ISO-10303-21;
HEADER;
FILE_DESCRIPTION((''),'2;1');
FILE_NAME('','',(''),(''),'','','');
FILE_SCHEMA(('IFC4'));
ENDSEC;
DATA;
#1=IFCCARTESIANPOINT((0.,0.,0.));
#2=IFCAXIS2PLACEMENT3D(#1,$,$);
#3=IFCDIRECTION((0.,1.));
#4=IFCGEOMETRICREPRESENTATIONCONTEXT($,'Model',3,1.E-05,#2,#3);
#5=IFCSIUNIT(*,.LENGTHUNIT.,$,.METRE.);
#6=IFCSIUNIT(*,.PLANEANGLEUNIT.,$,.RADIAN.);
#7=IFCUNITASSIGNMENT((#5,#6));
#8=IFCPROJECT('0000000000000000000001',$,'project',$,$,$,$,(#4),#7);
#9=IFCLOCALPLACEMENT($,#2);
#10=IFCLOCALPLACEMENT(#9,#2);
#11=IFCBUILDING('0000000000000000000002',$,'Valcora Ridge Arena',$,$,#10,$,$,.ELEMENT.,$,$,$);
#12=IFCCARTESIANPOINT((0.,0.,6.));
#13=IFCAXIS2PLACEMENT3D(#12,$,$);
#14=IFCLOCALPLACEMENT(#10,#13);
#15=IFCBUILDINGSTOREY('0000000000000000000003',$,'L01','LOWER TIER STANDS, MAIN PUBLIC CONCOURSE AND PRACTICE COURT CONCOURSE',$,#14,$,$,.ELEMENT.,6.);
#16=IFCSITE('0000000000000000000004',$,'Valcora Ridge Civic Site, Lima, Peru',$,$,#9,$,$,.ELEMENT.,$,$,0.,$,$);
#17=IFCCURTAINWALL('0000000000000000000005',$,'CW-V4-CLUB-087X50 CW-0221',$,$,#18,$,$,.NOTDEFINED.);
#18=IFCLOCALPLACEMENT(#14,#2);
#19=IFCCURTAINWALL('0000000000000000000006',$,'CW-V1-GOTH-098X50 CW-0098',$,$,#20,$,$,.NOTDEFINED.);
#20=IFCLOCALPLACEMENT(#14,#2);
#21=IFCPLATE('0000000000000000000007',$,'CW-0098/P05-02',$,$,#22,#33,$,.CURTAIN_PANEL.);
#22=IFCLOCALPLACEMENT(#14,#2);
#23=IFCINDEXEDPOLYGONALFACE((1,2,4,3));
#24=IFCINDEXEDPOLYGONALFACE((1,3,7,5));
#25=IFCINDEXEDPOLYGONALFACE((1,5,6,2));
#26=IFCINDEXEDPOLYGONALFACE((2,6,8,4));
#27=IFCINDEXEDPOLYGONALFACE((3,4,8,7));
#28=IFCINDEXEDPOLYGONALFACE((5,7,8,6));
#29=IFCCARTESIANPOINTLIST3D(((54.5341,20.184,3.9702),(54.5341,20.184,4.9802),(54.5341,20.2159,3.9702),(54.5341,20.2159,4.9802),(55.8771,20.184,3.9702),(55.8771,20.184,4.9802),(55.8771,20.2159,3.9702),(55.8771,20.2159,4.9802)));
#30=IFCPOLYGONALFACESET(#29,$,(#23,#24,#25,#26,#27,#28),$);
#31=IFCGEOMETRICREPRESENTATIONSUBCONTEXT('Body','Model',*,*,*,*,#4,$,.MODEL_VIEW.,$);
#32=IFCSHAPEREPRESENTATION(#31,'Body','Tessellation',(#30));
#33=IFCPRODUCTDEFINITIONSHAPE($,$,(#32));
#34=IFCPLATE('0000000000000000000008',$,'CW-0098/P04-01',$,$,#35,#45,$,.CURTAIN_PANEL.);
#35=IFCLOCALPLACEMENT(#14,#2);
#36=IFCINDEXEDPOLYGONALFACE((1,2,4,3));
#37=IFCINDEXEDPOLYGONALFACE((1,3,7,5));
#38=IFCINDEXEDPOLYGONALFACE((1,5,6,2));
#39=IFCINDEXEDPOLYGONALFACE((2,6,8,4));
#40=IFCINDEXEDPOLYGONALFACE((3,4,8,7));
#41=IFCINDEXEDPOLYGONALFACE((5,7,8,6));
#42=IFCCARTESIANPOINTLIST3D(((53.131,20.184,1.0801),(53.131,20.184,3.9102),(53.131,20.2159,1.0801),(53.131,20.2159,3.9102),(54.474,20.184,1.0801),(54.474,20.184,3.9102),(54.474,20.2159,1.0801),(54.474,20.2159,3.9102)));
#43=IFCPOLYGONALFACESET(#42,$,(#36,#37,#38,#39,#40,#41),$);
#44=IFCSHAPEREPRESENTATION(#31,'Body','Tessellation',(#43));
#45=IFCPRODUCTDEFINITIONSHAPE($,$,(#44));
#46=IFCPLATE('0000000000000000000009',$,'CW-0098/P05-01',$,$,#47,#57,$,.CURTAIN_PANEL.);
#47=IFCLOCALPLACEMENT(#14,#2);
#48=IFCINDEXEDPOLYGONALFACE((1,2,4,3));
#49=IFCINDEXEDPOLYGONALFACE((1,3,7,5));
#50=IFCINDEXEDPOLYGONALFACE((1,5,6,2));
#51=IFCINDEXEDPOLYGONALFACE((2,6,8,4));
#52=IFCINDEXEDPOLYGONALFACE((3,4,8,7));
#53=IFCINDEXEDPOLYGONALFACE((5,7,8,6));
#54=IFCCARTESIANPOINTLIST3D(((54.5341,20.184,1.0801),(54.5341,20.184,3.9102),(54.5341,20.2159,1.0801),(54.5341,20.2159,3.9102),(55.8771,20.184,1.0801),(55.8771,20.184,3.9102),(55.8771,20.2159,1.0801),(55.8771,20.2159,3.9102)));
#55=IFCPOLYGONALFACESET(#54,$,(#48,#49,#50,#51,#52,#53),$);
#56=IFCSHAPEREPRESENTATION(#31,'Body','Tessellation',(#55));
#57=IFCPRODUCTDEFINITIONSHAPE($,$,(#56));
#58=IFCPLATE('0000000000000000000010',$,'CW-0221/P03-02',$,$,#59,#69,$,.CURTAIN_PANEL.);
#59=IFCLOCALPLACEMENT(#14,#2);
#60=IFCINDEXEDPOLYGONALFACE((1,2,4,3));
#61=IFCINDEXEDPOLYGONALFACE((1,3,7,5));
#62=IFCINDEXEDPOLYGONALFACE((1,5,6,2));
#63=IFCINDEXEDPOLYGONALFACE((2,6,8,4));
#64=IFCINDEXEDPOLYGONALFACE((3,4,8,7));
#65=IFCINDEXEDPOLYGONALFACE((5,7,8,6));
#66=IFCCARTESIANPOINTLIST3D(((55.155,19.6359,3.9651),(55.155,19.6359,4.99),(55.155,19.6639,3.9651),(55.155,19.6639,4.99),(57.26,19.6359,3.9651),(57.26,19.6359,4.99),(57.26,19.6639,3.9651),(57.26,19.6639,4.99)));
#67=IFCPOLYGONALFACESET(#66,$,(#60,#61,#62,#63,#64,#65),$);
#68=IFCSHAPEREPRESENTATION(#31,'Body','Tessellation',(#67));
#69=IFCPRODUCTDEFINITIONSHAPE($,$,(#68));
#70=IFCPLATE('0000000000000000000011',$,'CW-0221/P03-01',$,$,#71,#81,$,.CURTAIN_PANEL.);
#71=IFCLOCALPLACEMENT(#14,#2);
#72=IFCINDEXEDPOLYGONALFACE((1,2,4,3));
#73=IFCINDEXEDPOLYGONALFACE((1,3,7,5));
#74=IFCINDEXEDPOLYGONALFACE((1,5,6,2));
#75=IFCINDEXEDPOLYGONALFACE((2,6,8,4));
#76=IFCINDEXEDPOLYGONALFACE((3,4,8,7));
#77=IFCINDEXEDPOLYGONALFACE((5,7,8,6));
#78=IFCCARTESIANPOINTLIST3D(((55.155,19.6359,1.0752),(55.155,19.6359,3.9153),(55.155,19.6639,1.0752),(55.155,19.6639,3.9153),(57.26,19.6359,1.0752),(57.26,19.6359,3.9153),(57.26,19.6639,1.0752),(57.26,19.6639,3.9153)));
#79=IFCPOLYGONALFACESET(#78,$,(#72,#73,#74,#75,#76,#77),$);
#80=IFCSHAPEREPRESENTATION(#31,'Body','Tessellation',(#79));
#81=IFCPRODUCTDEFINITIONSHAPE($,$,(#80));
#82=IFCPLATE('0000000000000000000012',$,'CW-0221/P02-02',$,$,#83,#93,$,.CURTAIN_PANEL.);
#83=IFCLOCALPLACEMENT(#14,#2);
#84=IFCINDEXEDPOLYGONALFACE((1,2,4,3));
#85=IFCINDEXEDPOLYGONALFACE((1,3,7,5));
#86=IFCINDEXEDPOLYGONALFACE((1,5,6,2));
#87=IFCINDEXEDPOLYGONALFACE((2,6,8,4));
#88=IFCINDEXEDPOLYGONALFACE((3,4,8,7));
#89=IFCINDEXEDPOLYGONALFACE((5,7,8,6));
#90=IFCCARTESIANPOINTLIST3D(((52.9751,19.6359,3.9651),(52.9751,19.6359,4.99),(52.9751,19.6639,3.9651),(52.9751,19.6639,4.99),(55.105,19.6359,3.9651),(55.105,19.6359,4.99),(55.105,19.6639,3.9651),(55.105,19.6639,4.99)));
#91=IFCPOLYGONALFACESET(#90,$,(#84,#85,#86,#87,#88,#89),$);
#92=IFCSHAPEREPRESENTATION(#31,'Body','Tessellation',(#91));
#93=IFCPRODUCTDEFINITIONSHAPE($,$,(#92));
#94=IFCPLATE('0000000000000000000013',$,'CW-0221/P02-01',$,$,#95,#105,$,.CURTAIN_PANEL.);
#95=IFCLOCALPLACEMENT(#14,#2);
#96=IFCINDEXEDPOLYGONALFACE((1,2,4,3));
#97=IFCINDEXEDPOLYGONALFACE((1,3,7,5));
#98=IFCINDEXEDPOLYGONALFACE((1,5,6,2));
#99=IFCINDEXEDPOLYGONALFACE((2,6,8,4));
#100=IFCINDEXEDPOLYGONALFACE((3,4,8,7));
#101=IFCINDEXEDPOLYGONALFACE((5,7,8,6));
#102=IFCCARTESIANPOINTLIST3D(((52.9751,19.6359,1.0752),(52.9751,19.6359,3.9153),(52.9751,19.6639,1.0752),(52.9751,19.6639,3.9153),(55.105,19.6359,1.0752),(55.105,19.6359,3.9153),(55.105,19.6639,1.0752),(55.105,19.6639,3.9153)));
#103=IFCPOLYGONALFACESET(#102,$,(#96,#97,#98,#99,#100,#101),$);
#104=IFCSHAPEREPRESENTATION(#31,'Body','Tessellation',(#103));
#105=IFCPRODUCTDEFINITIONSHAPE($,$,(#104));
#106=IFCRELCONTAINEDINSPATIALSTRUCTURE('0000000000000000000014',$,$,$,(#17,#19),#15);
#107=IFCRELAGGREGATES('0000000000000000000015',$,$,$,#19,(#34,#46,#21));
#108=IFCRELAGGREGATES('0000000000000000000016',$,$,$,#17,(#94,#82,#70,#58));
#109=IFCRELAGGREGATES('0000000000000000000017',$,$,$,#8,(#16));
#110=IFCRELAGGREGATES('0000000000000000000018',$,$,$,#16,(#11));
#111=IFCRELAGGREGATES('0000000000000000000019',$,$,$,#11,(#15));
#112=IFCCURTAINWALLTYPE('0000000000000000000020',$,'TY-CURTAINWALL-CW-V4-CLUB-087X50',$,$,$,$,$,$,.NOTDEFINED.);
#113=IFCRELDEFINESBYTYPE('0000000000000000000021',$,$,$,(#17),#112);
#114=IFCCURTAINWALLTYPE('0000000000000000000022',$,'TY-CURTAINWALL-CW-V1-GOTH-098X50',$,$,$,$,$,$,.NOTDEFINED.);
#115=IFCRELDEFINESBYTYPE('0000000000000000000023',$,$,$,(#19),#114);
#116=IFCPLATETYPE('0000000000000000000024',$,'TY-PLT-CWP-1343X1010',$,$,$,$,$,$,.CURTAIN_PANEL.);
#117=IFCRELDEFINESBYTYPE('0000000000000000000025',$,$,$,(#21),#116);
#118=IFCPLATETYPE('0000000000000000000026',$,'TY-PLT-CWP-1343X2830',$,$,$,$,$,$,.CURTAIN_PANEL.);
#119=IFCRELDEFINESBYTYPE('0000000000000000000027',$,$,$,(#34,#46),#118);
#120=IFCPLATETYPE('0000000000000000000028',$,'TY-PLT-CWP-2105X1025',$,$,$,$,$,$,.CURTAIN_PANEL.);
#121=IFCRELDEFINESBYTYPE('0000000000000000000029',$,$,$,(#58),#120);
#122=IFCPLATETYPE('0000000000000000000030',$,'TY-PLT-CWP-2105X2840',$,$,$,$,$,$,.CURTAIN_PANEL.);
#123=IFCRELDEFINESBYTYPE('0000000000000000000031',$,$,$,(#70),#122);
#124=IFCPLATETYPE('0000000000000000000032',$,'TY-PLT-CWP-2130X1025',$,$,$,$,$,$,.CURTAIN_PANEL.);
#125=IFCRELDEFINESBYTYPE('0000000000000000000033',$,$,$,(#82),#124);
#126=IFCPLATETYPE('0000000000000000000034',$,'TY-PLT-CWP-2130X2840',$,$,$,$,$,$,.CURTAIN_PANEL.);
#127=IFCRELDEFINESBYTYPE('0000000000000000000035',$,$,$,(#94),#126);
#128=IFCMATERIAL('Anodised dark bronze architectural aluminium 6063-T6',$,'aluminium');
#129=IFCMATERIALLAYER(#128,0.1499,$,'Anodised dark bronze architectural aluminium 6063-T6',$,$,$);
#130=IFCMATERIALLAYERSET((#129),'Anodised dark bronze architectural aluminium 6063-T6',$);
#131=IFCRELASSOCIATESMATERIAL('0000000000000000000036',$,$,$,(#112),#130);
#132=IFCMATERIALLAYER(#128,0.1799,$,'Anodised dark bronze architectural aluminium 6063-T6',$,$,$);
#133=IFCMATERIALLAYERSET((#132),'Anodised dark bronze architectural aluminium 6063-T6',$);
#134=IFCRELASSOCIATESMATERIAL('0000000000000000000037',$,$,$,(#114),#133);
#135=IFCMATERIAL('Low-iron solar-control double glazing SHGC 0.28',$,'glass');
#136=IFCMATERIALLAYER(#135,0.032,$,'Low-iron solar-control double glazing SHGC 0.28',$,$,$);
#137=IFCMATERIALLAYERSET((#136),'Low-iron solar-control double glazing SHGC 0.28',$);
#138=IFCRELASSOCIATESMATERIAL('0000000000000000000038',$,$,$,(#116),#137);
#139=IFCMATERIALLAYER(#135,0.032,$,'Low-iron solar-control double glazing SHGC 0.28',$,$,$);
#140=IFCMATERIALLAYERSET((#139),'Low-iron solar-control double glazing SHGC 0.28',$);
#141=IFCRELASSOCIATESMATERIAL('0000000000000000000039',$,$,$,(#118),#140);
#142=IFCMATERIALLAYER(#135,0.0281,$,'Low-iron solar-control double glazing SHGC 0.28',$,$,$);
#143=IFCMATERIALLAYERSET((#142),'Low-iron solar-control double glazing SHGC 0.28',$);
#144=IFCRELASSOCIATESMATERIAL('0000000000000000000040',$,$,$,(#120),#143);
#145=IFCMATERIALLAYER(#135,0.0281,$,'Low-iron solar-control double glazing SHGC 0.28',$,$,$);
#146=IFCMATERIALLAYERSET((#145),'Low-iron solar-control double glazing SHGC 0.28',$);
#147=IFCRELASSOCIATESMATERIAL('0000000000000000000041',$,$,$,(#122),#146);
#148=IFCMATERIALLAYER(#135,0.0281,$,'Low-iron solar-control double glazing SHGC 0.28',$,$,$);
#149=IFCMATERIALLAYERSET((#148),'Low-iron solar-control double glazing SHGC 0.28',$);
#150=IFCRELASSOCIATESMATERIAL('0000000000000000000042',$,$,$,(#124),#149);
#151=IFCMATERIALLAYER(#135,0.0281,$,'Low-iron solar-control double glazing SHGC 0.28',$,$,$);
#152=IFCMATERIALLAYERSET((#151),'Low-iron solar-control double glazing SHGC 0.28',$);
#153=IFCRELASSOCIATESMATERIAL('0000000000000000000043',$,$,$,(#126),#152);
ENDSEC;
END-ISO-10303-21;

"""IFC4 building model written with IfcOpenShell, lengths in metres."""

from ifc_helpers import new_model, si_unit, direction, frame, origin, origin_2d, place, context, subcontext, project, spatial, rectangle, extrude, material, layer, layer_set, type_object, element, aggregate, save


model = new_model("IFC4")

# Units and contexts
model_context = context("Model", 3, precision=1e-05, world=origin(), true_north=direction((0.0, 1.0)))
body_context = subcontext(model_context, "Body", "Model", "MODEL_VIEW")
ifc_project = project(units=[si_unit("LENGTHUNIT", "METRE"), si_unit("PLANEANGLEUNIT", "RADIAN")], contexts=[model_context])

# Site, building, storey
site_placement = place(None, origin())
site = spatial("IfcSite", under=ifc_project, at=site_placement, Name="Valcora Ridge Civic Site, Lima, Peru", CompositionType="ELEMENT", RefElevation=0.0)
building_placement = place(site_placement, origin())
building = spatial("IfcBuilding", under=site, at=building_placement, Name="Valcora Ridge Arena", CompositionType="ELEMENT")
storey_placement = place(building_placement, frame((0.0, 0.0, 6.0)))
storey = spatial("IfcBuildingStorey", under=building, at=storey_placement, Name="L01", Description="LOWER TIER STANDS, MAIN PUBLIC CONCOURSE AND PRACTICE COURT CONCOURSE", CompositionType="ELEMENT", Elevation=6.0)

# Curtain wall
ifc_material_1 = material(Name="Anodised dark bronze architectural aluminium 6063-T6", Category="aluminium")
ifc_layer_1 = layer(ifc_material_1, 0.1499, Name="Anodised dark bronze architectural aluminium 6063-T6")
ifc_layer_set_1 = layer_set([ifc_layer_1], Name="Anodised dark bronze architectural aluminium 6063-T6")
curtain_wall_type_1 = type_object("IfcCurtainWallType", Name="TY-CURTAINWALL-CW-V4-CLUB-087X50", PredefinedType="NOTDEFINED", material=ifc_layer_set_1)
curtain_wall_1_placement = place(storey_placement, origin())
curtain_wall_1 = element("IfcCurtainWall", 1, at=curtain_wall_1_placement, inside=storey, type_object=curtain_wall_type_1, Name="CW-V4-CLUB-087X50 CW-0221", PredefinedType="NOTDEFINED")

# Curtain wall, plates
ifc_layer_2 = layer(ifc_material_1, 0.1799, Name="Anodised dark bronze architectural aluminium 6063-T6")
ifc_layer_set_2 = layer_set([ifc_layer_2], Name="Anodised dark bronze architectural aluminium 6063-T6")
curtain_wall_type_2 = type_object("IfcCurtainWallType", Name="TY-CURTAINWALL-CW-V1-GOTH-098X50", PredefinedType="NOTDEFINED", material=ifc_layer_set_2)
curtain_wall_2_placement = place(storey_placement, origin())
curtain_wall_2 = element("IfcCurtainWall", 2, at=curtain_wall_2_placement, inside=storey, type_object=curtain_wall_type_2, Name="CW-V1-GOTH-098X50 CW-0098", PredefinedType="NOTDEFINED")
ifc_material_2 = material(Name="Low-iron solar-control double glazing SHGC 0.28", Category="glass")
ifc_layer_3 = layer(ifc_material_2, 0.032, Name="Low-iron solar-control double glazing SHGC 0.28")
ifc_layer_set_3 = layer_set([ifc_layer_3], Name="Low-iron solar-control double glazing SHGC 0.28")
plate_type_1 = type_object("IfcPlateType", Name="TY-PLT-CWP-1343X1010", PredefinedType="CURTAIN_PANEL", material=ifc_layer_set_3)
plate_1_placement = place(storey_placement, frame((55.2056, 20.2, 3.9702), z_axis=(0.0, 0.0, 1.0), x_axis=(1.0, 0.0, 0.0)))
plate_1 = element("IfcPlate", 3, at=plate_1_placement, type_object=plate_type_1, Name="CW-0098/P05-02", PredefinedType="CURTAIN_PANEL", context=body_context, shape_type="SweptSolid", body=[
    extrude(rectangle(XDim=1.343, YDim=0.032, at=origin_2d()), origin(), (0.0, 0.0, 1.0), 1.01),
])
ifc_layer_4 = layer(ifc_material_2, 0.032, Name="Low-iron solar-control double glazing SHGC 0.28")
ifc_layer_set_4 = layer_set([ifc_layer_4], Name="Low-iron solar-control double glazing SHGC 0.28")
plate_type_2 = type_object("IfcPlateType", Name="TY-PLT-CWP-1343X2830", PredefinedType="CURTAIN_PANEL", material=ifc_layer_set_4)
plate_2_placement = place(storey_placement, frame((53.8025, 20.2, 1.0801), z_axis=(0.0, 0.0, 1.0), x_axis=(1.0, 0.0, 0.0)))
plate_2 = element("IfcPlate", 4, at=plate_2_placement, type_object=plate_type_2, Name="CW-0098/P04-01", PredefinedType="CURTAIN_PANEL", context=body_context, shape_type="SweptSolid", body=[
    extrude(rectangle(XDim=1.343, YDim=0.032, at=origin_2d()), origin(), (0.0, 0.0, 1.0), 2.8301),
])
plate_3_placement = place(storey_placement, frame((55.2056, 20.2, 1.0801), z_axis=(0.0, 0.0, 1.0), x_axis=(1.0, 0.0, 0.0)))
plate_3 = element("IfcPlate", 5, at=plate_3_placement, type_object=plate_type_2, Name="CW-0098/P05-01", PredefinedType="CURTAIN_PANEL", context=body_context, shape_type="SweptSolid", body=[
    extrude(rectangle(XDim=1.343, YDim=0.032, at=origin_2d()), origin(), (0.0, 0.0, 1.0), 2.8301),
])
aggregate(curtain_wall_2, [plate_2, plate_3, plate_1])

# Plates
ifc_layer_5 = layer(ifc_material_2, 0.0281, Name="Low-iron solar-control double glazing SHGC 0.28")
ifc_layer_set_5 = layer_set([ifc_layer_5], Name="Low-iron solar-control double glazing SHGC 0.28")
plate_type_3 = type_object("IfcPlateType", Name="TY-PLT-CWP-2105X1025", PredefinedType="CURTAIN_PANEL", material=ifc_layer_set_5)
plate_4_placement = place(storey_placement, frame((56.2075, 19.6499, 3.9651), z_axis=(0.0, 0.0, 1.0), x_axis=(1.0, 0.0, 0.0)))
plate_4 = element("IfcPlate", 6, at=plate_4_placement, type_object=plate_type_3, Name="CW-0221/P03-02", PredefinedType="CURTAIN_PANEL", context=body_context, shape_type="SweptSolid", body=[
    extrude(rectangle(XDim=2.105, YDim=0.0281, at=origin_2d()), origin(), (0.0, 0.0, 1.0), 1.0249),
])
ifc_layer_6 = layer(ifc_material_2, 0.0281, Name="Low-iron solar-control double glazing SHGC 0.28")
ifc_layer_set_6 = layer_set([ifc_layer_6], Name="Low-iron solar-control double glazing SHGC 0.28")
plate_type_4 = type_object("IfcPlateType", Name="TY-PLT-CWP-2105X2840", PredefinedType="CURTAIN_PANEL", material=ifc_layer_set_6)
plate_5_placement = place(storey_placement, frame((56.2075, 19.6499, 1.0752), z_axis=(0.0, 0.0, 1.0), x_axis=(1.0, 0.0, 0.0)))
plate_5 = element("IfcPlate", 7, at=plate_5_placement, type_object=plate_type_4, Name="CW-0221/P03-01", PredefinedType="CURTAIN_PANEL", context=body_context, shape_type="SweptSolid", body=[
    extrude(rectangle(XDim=2.105, YDim=0.0281, at=origin_2d()), origin(), (0.0, 0.0, 1.0), 2.8401),
])
ifc_layer_7 = layer(ifc_material_2, 0.0281, Name="Low-iron solar-control double glazing SHGC 0.28")
ifc_layer_set_7 = layer_set([ifc_layer_7], Name="Low-iron solar-control double glazing SHGC 0.28")
plate_type_5 = type_object("IfcPlateType", Name="TY-PLT-CWP-2130X1025", PredefinedType="CURTAIN_PANEL", material=ifc_layer_set_7)
plate_6_placement = place(storey_placement, frame((54.04, 19.6499, 3.9651), z_axis=(0.0, 0.0, 1.0), x_axis=(1.0, 0.0, 0.0)))
plate_6 = element("IfcPlate", 8, at=plate_6_placement, type_object=plate_type_5, Name="CW-0221/P02-02", PredefinedType="CURTAIN_PANEL", context=body_context, shape_type="SweptSolid", body=[
    extrude(rectangle(XDim=2.1299, YDim=0.0281, at=origin_2d()), origin(), (0.0, 0.0, 1.0), 1.0249),
])
ifc_layer_8 = layer(ifc_material_2, 0.0281, Name="Low-iron solar-control double glazing SHGC 0.28")
ifc_layer_set_8 = layer_set([ifc_layer_8], Name="Low-iron solar-control double glazing SHGC 0.28")
plate_type_6 = type_object("IfcPlateType", Name="TY-PLT-CWP-2130X2840", PredefinedType="CURTAIN_PANEL", material=ifc_layer_set_8)
plate_7_placement = place(storey_placement, frame((54.04, 19.6499, 1.0752), z_axis=(0.0, 0.0, 1.0), x_axis=(1.0, 0.0, 0.0)))
plate_7 = element("IfcPlate", 9, at=plate_7_placement, type_object=plate_type_6, Name="CW-0221/P02-01", PredefinedType="CURTAIN_PANEL", context=body_context, shape_type="SweptSolid", body=[
    extrude(rectangle(XDim=2.1299, YDim=0.0281, at=origin_2d()), origin(), (0.0, 0.0, 1.0), 2.8401),
])
aggregate(curtain_wall_1, [plate_7, plate_6, plate_5, plate_4])

save(model, "model.ifc")
